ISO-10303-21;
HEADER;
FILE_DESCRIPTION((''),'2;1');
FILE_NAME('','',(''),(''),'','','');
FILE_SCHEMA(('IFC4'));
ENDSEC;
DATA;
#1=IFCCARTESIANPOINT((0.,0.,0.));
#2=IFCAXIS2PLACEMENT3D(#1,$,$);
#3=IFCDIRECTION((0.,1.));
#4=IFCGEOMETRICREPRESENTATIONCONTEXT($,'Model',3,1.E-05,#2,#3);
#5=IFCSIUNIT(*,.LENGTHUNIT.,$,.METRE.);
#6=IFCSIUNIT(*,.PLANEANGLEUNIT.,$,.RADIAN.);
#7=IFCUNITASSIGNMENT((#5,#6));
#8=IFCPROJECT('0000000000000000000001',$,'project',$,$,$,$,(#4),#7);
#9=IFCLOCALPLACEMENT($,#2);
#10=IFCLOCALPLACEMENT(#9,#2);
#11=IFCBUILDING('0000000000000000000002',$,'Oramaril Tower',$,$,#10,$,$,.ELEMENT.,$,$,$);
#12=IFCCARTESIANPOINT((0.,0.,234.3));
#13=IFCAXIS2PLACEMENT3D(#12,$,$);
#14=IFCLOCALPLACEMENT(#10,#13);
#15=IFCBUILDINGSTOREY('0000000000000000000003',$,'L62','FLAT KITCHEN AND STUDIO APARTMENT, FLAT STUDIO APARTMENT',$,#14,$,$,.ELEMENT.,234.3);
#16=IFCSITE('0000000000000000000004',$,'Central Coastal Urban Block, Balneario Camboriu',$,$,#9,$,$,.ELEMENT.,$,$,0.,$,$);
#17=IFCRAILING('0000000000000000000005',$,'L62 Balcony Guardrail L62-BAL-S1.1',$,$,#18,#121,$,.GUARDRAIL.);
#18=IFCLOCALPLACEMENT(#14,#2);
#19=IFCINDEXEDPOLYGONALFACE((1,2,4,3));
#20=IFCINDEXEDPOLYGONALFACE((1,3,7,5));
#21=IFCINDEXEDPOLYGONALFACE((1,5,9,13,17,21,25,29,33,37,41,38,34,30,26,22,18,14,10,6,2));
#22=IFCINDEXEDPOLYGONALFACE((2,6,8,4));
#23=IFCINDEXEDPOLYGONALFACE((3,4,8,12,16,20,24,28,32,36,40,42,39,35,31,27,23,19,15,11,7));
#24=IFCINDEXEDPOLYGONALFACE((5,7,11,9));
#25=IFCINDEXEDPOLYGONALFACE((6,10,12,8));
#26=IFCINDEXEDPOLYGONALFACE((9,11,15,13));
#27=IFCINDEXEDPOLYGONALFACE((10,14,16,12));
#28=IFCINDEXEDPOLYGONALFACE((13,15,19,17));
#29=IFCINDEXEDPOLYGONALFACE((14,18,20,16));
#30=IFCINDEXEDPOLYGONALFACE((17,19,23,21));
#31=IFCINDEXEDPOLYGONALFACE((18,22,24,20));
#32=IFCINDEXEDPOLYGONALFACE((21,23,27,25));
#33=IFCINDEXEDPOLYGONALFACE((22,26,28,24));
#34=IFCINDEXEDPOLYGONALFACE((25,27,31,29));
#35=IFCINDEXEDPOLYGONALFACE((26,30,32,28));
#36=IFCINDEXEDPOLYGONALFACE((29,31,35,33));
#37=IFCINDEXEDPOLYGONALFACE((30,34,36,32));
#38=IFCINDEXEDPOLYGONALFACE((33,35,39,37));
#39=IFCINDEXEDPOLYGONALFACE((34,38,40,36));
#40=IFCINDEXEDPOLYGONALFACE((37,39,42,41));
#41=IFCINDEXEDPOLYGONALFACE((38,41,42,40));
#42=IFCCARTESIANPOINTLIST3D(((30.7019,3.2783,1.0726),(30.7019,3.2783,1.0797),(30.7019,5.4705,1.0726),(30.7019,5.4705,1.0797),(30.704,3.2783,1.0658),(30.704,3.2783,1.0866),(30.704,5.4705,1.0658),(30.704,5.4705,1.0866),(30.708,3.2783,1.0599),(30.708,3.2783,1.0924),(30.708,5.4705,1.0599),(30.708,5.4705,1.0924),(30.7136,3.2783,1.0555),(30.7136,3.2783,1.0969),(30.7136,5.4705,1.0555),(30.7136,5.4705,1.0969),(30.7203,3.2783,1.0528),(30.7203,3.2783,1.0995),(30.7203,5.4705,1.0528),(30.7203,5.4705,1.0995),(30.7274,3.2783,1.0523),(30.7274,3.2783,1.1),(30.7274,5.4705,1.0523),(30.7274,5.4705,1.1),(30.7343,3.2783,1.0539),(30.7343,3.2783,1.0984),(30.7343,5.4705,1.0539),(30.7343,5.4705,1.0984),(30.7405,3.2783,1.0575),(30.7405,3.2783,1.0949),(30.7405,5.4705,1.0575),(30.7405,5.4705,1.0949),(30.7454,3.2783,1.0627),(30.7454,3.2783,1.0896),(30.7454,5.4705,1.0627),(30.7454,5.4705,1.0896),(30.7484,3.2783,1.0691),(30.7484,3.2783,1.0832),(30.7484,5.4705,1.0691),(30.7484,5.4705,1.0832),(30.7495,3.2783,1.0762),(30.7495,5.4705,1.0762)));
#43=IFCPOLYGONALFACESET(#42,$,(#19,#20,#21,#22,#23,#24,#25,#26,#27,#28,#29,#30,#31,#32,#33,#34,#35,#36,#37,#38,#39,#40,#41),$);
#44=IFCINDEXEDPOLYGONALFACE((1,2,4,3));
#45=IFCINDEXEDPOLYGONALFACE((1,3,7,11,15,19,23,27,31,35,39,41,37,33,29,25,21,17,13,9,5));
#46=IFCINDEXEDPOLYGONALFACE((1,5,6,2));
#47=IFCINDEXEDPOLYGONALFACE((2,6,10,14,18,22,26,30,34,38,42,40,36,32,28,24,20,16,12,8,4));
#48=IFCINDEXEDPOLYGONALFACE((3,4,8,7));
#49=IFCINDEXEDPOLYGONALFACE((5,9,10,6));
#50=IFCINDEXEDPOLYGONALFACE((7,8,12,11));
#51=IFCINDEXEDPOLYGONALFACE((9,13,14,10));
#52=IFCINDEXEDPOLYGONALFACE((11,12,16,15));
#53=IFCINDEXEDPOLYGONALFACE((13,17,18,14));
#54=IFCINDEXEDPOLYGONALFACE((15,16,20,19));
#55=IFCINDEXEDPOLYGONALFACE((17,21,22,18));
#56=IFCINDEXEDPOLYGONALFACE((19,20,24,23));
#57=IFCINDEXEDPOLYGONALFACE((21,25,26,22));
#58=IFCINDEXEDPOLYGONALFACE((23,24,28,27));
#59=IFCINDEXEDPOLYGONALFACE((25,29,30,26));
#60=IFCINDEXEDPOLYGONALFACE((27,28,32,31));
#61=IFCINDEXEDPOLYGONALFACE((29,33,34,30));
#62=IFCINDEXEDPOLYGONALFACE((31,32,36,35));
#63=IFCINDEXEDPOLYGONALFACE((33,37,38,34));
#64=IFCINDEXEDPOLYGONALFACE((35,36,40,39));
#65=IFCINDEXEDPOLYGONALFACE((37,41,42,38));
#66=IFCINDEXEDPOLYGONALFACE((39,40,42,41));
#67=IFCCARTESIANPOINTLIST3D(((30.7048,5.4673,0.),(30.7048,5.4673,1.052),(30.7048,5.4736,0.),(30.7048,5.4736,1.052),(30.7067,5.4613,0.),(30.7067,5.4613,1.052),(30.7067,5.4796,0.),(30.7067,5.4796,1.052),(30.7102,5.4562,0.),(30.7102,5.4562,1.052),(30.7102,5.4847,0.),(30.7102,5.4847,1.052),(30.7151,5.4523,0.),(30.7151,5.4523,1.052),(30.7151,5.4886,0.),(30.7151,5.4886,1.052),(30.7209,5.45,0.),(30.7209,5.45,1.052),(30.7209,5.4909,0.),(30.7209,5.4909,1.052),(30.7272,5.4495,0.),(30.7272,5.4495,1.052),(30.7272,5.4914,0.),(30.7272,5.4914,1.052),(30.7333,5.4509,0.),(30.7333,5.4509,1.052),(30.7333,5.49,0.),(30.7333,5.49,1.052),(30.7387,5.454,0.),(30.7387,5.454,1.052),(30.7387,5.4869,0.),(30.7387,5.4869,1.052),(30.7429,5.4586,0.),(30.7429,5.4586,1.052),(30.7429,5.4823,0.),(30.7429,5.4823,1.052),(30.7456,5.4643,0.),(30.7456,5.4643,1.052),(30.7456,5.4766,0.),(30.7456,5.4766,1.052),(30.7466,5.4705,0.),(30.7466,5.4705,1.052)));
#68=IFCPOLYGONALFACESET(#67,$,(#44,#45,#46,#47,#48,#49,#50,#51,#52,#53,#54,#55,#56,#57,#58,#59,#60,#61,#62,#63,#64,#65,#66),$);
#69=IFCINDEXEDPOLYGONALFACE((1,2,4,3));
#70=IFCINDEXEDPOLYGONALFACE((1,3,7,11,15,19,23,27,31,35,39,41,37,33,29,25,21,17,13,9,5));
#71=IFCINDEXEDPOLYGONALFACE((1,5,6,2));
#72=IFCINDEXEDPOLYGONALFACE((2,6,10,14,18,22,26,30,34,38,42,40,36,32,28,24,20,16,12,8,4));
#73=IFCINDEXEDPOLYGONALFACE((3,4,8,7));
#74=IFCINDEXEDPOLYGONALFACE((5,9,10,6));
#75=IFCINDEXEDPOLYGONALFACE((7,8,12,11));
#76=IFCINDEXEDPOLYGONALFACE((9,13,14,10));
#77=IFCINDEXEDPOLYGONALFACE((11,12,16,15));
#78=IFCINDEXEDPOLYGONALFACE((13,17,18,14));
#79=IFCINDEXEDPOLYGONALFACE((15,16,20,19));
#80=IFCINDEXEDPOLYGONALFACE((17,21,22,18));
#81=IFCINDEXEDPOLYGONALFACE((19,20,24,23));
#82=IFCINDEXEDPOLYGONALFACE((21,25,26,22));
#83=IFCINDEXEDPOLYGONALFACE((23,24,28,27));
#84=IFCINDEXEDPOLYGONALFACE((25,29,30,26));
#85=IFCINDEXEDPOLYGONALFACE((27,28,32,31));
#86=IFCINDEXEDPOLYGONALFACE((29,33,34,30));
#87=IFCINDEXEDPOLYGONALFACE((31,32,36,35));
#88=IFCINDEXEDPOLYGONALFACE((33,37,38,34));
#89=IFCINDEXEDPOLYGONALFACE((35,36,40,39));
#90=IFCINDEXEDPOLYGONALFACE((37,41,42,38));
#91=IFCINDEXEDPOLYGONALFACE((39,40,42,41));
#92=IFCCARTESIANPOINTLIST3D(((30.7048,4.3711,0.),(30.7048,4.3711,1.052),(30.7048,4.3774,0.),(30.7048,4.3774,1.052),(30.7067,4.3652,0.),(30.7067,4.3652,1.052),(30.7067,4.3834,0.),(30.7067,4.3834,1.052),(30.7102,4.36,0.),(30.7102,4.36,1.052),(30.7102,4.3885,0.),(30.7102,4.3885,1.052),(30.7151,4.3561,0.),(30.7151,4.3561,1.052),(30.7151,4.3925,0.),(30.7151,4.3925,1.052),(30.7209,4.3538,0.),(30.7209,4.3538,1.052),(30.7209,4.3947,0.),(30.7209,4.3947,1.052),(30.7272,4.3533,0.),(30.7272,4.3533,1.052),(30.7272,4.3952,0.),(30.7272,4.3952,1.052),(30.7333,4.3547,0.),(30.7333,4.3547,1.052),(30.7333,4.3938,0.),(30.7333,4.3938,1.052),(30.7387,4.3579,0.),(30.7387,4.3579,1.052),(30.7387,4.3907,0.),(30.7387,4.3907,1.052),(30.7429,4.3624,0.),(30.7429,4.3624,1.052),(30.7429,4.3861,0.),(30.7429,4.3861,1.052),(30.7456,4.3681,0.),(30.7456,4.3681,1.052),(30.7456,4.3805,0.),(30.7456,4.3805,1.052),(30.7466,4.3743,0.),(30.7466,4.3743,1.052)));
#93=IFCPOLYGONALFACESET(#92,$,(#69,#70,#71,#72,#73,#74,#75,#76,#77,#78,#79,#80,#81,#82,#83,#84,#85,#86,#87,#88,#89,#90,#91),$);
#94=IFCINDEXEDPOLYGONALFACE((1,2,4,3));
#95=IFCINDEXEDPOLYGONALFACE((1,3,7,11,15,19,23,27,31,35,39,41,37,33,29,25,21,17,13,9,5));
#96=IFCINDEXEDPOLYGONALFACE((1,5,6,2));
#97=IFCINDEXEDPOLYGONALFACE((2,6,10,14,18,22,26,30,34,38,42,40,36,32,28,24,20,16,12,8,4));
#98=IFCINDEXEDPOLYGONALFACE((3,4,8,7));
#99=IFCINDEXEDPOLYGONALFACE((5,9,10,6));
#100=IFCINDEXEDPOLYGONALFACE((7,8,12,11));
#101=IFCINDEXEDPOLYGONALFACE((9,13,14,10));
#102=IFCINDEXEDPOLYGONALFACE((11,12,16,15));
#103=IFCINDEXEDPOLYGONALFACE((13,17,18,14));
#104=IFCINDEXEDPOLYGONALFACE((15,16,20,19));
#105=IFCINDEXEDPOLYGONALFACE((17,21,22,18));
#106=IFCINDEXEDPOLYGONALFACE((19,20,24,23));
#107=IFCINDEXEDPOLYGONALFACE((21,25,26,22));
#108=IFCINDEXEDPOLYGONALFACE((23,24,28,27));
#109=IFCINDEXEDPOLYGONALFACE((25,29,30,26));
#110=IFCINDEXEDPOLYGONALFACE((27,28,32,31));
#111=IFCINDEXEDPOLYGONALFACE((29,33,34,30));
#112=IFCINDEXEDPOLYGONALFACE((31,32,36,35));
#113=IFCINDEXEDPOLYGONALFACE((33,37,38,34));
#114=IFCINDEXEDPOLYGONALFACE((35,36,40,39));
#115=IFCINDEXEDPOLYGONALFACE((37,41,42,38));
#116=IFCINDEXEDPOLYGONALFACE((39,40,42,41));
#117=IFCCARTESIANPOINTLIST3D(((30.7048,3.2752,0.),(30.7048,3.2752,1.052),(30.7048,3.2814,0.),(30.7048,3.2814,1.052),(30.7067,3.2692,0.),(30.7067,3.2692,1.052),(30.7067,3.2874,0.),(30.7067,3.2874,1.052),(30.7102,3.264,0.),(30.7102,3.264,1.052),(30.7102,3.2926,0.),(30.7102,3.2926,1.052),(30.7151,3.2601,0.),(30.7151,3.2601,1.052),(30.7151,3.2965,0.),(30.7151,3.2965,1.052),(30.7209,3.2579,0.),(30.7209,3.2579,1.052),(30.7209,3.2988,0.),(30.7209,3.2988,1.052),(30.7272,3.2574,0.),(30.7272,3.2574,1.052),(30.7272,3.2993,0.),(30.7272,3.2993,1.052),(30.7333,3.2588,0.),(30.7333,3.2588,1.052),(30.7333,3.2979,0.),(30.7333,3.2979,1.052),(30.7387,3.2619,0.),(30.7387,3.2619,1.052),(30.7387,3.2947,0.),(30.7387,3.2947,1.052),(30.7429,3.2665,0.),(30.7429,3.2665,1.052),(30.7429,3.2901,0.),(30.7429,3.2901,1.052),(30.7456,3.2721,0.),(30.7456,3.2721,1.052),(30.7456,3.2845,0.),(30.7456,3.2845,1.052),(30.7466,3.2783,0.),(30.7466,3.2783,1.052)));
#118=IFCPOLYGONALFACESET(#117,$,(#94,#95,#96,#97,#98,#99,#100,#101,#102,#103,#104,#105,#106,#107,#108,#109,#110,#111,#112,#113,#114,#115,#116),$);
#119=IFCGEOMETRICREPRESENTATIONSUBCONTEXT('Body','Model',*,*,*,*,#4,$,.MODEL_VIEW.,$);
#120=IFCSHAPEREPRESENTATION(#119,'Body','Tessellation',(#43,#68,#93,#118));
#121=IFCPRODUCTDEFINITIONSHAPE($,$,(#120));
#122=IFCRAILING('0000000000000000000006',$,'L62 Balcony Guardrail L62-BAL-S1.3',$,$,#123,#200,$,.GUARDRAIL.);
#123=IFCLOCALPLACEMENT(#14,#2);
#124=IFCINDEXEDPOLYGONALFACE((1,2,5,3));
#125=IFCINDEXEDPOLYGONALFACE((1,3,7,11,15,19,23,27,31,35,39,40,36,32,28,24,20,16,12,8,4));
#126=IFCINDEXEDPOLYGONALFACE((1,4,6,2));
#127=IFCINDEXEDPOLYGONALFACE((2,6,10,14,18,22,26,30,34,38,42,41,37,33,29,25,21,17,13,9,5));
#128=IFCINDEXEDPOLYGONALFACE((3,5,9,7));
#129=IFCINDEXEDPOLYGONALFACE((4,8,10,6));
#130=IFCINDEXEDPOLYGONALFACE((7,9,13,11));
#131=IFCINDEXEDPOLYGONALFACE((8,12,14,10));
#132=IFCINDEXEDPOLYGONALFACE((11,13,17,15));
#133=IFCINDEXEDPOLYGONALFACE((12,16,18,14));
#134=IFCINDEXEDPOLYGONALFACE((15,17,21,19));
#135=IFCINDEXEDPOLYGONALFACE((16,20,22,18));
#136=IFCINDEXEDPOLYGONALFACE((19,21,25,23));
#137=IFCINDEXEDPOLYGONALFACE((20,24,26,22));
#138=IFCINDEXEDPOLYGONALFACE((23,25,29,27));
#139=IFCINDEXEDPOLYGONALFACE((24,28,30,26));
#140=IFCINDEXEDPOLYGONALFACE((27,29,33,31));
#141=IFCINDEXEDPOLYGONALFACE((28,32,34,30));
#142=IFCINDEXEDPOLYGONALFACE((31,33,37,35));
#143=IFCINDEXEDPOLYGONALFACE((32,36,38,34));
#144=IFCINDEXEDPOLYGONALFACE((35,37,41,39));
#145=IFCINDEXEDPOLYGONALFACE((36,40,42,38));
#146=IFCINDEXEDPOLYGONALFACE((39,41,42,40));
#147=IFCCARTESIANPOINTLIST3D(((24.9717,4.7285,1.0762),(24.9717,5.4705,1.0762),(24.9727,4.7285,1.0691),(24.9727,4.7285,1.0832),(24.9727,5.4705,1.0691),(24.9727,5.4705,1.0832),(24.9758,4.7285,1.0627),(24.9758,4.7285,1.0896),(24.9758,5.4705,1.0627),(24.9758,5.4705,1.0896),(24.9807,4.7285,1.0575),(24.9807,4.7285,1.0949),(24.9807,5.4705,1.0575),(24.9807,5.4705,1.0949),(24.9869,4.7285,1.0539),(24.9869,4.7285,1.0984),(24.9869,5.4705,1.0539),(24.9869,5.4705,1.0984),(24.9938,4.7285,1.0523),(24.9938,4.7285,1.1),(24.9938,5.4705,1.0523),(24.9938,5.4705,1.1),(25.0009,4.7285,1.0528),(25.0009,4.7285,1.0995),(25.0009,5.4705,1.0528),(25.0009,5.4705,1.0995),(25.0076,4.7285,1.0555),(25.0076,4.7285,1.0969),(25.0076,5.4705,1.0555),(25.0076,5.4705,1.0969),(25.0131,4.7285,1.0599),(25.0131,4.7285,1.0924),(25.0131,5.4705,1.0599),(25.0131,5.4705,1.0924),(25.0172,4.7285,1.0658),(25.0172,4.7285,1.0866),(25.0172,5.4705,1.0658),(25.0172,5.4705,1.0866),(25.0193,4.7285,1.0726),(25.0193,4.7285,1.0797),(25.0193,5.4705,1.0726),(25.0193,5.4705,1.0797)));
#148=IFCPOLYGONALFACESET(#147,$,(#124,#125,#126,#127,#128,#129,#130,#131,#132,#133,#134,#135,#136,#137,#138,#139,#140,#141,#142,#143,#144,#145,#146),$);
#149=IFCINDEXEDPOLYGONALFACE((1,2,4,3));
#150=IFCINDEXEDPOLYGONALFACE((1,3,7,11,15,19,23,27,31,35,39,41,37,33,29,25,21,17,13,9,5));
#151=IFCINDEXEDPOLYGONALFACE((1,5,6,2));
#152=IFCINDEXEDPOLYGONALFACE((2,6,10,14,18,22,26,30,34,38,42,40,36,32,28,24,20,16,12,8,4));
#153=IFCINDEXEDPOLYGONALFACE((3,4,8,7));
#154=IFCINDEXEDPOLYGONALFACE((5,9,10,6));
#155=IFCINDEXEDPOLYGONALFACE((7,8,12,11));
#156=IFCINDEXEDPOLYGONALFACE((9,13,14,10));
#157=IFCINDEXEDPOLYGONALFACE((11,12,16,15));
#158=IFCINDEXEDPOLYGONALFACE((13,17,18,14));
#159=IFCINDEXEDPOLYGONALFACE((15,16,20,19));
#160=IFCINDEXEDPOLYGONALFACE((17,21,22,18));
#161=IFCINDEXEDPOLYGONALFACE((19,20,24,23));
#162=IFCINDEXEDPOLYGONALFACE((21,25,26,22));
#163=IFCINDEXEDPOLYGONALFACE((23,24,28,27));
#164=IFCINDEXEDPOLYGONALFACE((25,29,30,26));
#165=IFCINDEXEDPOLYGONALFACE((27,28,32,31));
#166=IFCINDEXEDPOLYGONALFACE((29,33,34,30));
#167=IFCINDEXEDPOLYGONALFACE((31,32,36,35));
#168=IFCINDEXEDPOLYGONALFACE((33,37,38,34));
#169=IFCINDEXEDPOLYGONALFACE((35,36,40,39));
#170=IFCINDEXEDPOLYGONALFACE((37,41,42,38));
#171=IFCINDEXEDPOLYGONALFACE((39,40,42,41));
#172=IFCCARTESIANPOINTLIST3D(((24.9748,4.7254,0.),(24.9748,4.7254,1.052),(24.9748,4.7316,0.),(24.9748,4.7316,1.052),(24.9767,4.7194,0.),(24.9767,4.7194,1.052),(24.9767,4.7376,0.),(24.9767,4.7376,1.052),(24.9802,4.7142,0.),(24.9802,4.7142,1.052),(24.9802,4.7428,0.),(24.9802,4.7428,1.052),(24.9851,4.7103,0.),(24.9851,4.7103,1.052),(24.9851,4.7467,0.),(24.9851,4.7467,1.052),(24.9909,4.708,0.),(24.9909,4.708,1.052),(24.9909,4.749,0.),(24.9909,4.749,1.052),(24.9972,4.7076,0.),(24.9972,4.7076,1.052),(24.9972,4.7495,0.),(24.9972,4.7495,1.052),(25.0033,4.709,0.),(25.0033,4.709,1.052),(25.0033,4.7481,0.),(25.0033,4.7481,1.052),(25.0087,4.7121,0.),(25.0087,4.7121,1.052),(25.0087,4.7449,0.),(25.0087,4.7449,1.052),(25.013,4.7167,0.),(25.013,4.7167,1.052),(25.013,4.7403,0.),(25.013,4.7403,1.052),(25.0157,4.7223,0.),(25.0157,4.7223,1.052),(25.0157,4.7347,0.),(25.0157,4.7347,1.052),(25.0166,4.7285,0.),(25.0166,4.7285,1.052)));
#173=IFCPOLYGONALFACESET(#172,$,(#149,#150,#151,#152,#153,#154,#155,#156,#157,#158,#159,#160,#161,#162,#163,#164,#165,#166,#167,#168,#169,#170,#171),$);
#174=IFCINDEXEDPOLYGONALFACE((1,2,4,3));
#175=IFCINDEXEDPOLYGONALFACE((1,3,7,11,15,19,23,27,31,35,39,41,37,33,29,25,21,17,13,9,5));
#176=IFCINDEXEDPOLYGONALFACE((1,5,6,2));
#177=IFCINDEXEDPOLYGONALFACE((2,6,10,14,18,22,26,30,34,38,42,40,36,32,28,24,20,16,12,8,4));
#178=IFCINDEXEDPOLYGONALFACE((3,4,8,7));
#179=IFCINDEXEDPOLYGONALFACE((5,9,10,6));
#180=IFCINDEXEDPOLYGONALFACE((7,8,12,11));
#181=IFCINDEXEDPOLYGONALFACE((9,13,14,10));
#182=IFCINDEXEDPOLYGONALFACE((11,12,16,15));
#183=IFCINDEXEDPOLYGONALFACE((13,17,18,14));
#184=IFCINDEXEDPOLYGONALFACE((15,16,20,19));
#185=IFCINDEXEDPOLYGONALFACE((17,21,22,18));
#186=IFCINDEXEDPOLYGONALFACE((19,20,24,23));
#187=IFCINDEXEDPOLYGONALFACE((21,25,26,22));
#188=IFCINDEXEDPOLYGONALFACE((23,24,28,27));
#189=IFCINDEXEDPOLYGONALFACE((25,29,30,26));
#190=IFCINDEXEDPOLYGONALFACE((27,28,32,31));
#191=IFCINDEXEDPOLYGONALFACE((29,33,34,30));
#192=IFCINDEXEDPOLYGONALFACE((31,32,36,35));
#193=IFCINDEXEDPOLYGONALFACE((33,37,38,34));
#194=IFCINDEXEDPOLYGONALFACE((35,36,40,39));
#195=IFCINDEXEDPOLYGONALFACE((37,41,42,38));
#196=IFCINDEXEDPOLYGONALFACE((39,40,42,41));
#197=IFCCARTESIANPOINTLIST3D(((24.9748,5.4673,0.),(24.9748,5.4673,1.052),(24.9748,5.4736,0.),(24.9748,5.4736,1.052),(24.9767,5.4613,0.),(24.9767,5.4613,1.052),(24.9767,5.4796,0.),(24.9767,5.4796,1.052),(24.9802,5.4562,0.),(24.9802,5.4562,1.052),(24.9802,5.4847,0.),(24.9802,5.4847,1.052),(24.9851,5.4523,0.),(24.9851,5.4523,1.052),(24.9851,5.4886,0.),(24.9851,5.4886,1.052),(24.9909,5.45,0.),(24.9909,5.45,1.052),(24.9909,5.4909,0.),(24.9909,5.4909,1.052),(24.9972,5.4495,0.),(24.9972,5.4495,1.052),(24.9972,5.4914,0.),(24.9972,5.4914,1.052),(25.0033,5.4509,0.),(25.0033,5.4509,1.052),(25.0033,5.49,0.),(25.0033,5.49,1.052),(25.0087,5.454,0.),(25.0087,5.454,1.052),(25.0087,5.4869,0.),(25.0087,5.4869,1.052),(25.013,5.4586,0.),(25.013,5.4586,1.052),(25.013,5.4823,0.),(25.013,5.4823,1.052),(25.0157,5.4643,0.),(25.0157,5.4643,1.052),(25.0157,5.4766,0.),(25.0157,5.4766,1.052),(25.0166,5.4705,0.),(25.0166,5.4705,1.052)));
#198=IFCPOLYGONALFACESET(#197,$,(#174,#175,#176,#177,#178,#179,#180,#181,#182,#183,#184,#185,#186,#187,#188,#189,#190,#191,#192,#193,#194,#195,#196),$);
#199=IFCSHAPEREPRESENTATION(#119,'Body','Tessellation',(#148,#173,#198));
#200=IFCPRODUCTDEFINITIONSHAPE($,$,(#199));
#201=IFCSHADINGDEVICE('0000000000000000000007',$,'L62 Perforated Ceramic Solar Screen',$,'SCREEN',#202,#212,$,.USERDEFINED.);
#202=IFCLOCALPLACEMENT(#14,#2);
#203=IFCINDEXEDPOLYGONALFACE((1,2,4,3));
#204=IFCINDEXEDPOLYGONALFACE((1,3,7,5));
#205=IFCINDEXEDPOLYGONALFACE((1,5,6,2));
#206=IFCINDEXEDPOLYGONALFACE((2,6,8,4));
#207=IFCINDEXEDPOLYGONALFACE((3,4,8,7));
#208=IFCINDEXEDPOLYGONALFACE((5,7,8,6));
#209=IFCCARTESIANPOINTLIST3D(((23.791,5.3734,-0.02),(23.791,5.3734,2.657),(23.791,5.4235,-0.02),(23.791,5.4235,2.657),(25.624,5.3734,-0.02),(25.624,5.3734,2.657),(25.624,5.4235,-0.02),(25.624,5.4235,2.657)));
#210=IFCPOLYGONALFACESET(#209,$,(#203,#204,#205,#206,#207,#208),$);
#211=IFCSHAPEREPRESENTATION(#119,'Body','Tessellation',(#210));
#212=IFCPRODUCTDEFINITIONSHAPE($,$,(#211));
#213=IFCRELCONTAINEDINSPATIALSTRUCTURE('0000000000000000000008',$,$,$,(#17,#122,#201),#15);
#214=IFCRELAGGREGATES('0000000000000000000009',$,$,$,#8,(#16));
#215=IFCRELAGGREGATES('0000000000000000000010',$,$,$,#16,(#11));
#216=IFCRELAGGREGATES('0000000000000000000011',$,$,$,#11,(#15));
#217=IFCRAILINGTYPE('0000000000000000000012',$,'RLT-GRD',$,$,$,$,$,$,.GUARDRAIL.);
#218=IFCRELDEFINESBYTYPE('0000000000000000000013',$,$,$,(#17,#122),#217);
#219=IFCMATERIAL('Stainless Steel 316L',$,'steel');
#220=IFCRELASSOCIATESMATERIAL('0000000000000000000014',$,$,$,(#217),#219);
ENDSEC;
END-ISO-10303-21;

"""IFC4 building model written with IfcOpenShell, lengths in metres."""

from ifc_helpers import new_model, si_unit, direction, frame, origin, origin_2d, place, context, subcontext, project, spatial, rectangle, circle, extrude, material, type_object, element, save


model = new_model("IFC4")

# Units and contexts
model_context = context("Model", 3, precision=1e-05, world=origin(), true_north=direction((0.0, 1.0)))
body_context = subcontext(model_context, "Body", "Model", "MODEL_VIEW")
ifc_project = project(units=[si_unit("LENGTHUNIT", "METRE"), si_unit("PLANEANGLEUNIT", "RADIAN")], contexts=[model_context])

# Site, building, storey
site_placement = place(None, origin())
site = spatial("IfcSite", under=ifc_project, at=site_placement, Name="Central Coastal Urban Block, Balneario Camboriu", CompositionType="ELEMENT", RefElevation=0.0)
building_placement = place(site_placement, origin())
building = spatial("IfcBuilding", under=site, at=building_placement, Name="Oramaril Tower", CompositionType="ELEMENT")
storey_placement = place(building_placement, frame((0.0, 0.0, 234.3)))
storey = spatial("IfcBuildingStorey", under=building, at=storey_placement, Name="L62", Description="FLAT KITCHEN AND STUDIO APARTMENT, FLAT STUDIO APARTMENT", CompositionType="ELEMENT", Elevation=234.3)

# Railings
ifc_material_1 = material(Name="Stainless Steel 316L", Category="steel")
railing_type = type_object("IfcRailingType", Name="RLT-GRD", PredefinedType="GUARDRAIL", material=ifc_material_1)
railing_1_placement = place(storey_placement, frame((30.7256, 5.4705, 0.0)))
element("IfcRailing", 1, at=railing_1_placement, inside=storey, type_object=railing_type, Name="L62 Balcony Guardrail L62-BAL-S1.1", PredefinedType="GUARDRAIL", context=body_context, shape_type="SweptSolid", body=[
    extrude(circle(Radius=0.0239, at=origin_2d()), frame((0.0, 0.0, 1.0762), z_axis=(0.0, -1.0, 0.0), x_axis=(1.0, 0.0, 0.0)), (0.0, 0.0, 1.0), 2.1921),
    extrude(circle(Radius=0.021, at=origin_2d()), origin(), (0.0, 0.0, 1.0), 1.052),
    extrude(circle(Radius=0.021, at=origin_2d()), frame((0.0, -1.0962, 0.0)), (0.0, 0.0, 1.0), 1.052),
    extrude(circle(Radius=0.021, at=origin_2d()), frame((0.0, -2.1921, 0.0)), (0.0, 0.0, 1.0), 1.052),
])
railing_2_placement = place(storey_placement, frame((24.9956, 4.7285, 0.0)))
element("IfcRailing", 2, at=railing_2_placement, inside=storey, type_object=railing_type, Name="L62 Balcony Guardrail L62-BAL-S1.3", PredefinedType="GUARDRAIL", context=body_context, shape_type="SweptSolid", body=[
    extrude(circle(Radius=0.0239, at=origin_2d()), frame((0.0, 0.0, 1.0762), z_axis=(0.0, 1.0, 0.0), x_axis=(-1.0, 0.0, 0.0)), (0.0, 0.0, 1.0), 0.7419),
    extrude(circle(Radius=0.021, at=origin_2d()), origin(), (0.0, 0.0, 1.0), 1.052),
    extrude(circle(Radius=0.021, at=origin_2d()), frame((0.0, 0.7419, 0.0)), (0.0, 0.0, 1.0), 1.052),
])

# Shading device
shading_device_placement = place(storey_placement, frame((24.7075, 5.3984, -0.02), z_axis=(0.0, 0.0, 1.0), x_axis=(1.0, 0.0, 0.0)))
element("IfcShadingDevice", 3, at=shading_device_placement, inside=storey, Name="L62 Perforated Ceramic Solar Screen", ObjectType="SCREEN", PredefinedType="USERDEFINED", context=body_context, shape_type="SweptSolid", body=[
    extrude(rectangle(XDim=1.833, YDim=0.05, at=origin_2d()), origin(), (0.0, 0.0, 1.0), 2.677),
])

save(model, "model.ifc")
